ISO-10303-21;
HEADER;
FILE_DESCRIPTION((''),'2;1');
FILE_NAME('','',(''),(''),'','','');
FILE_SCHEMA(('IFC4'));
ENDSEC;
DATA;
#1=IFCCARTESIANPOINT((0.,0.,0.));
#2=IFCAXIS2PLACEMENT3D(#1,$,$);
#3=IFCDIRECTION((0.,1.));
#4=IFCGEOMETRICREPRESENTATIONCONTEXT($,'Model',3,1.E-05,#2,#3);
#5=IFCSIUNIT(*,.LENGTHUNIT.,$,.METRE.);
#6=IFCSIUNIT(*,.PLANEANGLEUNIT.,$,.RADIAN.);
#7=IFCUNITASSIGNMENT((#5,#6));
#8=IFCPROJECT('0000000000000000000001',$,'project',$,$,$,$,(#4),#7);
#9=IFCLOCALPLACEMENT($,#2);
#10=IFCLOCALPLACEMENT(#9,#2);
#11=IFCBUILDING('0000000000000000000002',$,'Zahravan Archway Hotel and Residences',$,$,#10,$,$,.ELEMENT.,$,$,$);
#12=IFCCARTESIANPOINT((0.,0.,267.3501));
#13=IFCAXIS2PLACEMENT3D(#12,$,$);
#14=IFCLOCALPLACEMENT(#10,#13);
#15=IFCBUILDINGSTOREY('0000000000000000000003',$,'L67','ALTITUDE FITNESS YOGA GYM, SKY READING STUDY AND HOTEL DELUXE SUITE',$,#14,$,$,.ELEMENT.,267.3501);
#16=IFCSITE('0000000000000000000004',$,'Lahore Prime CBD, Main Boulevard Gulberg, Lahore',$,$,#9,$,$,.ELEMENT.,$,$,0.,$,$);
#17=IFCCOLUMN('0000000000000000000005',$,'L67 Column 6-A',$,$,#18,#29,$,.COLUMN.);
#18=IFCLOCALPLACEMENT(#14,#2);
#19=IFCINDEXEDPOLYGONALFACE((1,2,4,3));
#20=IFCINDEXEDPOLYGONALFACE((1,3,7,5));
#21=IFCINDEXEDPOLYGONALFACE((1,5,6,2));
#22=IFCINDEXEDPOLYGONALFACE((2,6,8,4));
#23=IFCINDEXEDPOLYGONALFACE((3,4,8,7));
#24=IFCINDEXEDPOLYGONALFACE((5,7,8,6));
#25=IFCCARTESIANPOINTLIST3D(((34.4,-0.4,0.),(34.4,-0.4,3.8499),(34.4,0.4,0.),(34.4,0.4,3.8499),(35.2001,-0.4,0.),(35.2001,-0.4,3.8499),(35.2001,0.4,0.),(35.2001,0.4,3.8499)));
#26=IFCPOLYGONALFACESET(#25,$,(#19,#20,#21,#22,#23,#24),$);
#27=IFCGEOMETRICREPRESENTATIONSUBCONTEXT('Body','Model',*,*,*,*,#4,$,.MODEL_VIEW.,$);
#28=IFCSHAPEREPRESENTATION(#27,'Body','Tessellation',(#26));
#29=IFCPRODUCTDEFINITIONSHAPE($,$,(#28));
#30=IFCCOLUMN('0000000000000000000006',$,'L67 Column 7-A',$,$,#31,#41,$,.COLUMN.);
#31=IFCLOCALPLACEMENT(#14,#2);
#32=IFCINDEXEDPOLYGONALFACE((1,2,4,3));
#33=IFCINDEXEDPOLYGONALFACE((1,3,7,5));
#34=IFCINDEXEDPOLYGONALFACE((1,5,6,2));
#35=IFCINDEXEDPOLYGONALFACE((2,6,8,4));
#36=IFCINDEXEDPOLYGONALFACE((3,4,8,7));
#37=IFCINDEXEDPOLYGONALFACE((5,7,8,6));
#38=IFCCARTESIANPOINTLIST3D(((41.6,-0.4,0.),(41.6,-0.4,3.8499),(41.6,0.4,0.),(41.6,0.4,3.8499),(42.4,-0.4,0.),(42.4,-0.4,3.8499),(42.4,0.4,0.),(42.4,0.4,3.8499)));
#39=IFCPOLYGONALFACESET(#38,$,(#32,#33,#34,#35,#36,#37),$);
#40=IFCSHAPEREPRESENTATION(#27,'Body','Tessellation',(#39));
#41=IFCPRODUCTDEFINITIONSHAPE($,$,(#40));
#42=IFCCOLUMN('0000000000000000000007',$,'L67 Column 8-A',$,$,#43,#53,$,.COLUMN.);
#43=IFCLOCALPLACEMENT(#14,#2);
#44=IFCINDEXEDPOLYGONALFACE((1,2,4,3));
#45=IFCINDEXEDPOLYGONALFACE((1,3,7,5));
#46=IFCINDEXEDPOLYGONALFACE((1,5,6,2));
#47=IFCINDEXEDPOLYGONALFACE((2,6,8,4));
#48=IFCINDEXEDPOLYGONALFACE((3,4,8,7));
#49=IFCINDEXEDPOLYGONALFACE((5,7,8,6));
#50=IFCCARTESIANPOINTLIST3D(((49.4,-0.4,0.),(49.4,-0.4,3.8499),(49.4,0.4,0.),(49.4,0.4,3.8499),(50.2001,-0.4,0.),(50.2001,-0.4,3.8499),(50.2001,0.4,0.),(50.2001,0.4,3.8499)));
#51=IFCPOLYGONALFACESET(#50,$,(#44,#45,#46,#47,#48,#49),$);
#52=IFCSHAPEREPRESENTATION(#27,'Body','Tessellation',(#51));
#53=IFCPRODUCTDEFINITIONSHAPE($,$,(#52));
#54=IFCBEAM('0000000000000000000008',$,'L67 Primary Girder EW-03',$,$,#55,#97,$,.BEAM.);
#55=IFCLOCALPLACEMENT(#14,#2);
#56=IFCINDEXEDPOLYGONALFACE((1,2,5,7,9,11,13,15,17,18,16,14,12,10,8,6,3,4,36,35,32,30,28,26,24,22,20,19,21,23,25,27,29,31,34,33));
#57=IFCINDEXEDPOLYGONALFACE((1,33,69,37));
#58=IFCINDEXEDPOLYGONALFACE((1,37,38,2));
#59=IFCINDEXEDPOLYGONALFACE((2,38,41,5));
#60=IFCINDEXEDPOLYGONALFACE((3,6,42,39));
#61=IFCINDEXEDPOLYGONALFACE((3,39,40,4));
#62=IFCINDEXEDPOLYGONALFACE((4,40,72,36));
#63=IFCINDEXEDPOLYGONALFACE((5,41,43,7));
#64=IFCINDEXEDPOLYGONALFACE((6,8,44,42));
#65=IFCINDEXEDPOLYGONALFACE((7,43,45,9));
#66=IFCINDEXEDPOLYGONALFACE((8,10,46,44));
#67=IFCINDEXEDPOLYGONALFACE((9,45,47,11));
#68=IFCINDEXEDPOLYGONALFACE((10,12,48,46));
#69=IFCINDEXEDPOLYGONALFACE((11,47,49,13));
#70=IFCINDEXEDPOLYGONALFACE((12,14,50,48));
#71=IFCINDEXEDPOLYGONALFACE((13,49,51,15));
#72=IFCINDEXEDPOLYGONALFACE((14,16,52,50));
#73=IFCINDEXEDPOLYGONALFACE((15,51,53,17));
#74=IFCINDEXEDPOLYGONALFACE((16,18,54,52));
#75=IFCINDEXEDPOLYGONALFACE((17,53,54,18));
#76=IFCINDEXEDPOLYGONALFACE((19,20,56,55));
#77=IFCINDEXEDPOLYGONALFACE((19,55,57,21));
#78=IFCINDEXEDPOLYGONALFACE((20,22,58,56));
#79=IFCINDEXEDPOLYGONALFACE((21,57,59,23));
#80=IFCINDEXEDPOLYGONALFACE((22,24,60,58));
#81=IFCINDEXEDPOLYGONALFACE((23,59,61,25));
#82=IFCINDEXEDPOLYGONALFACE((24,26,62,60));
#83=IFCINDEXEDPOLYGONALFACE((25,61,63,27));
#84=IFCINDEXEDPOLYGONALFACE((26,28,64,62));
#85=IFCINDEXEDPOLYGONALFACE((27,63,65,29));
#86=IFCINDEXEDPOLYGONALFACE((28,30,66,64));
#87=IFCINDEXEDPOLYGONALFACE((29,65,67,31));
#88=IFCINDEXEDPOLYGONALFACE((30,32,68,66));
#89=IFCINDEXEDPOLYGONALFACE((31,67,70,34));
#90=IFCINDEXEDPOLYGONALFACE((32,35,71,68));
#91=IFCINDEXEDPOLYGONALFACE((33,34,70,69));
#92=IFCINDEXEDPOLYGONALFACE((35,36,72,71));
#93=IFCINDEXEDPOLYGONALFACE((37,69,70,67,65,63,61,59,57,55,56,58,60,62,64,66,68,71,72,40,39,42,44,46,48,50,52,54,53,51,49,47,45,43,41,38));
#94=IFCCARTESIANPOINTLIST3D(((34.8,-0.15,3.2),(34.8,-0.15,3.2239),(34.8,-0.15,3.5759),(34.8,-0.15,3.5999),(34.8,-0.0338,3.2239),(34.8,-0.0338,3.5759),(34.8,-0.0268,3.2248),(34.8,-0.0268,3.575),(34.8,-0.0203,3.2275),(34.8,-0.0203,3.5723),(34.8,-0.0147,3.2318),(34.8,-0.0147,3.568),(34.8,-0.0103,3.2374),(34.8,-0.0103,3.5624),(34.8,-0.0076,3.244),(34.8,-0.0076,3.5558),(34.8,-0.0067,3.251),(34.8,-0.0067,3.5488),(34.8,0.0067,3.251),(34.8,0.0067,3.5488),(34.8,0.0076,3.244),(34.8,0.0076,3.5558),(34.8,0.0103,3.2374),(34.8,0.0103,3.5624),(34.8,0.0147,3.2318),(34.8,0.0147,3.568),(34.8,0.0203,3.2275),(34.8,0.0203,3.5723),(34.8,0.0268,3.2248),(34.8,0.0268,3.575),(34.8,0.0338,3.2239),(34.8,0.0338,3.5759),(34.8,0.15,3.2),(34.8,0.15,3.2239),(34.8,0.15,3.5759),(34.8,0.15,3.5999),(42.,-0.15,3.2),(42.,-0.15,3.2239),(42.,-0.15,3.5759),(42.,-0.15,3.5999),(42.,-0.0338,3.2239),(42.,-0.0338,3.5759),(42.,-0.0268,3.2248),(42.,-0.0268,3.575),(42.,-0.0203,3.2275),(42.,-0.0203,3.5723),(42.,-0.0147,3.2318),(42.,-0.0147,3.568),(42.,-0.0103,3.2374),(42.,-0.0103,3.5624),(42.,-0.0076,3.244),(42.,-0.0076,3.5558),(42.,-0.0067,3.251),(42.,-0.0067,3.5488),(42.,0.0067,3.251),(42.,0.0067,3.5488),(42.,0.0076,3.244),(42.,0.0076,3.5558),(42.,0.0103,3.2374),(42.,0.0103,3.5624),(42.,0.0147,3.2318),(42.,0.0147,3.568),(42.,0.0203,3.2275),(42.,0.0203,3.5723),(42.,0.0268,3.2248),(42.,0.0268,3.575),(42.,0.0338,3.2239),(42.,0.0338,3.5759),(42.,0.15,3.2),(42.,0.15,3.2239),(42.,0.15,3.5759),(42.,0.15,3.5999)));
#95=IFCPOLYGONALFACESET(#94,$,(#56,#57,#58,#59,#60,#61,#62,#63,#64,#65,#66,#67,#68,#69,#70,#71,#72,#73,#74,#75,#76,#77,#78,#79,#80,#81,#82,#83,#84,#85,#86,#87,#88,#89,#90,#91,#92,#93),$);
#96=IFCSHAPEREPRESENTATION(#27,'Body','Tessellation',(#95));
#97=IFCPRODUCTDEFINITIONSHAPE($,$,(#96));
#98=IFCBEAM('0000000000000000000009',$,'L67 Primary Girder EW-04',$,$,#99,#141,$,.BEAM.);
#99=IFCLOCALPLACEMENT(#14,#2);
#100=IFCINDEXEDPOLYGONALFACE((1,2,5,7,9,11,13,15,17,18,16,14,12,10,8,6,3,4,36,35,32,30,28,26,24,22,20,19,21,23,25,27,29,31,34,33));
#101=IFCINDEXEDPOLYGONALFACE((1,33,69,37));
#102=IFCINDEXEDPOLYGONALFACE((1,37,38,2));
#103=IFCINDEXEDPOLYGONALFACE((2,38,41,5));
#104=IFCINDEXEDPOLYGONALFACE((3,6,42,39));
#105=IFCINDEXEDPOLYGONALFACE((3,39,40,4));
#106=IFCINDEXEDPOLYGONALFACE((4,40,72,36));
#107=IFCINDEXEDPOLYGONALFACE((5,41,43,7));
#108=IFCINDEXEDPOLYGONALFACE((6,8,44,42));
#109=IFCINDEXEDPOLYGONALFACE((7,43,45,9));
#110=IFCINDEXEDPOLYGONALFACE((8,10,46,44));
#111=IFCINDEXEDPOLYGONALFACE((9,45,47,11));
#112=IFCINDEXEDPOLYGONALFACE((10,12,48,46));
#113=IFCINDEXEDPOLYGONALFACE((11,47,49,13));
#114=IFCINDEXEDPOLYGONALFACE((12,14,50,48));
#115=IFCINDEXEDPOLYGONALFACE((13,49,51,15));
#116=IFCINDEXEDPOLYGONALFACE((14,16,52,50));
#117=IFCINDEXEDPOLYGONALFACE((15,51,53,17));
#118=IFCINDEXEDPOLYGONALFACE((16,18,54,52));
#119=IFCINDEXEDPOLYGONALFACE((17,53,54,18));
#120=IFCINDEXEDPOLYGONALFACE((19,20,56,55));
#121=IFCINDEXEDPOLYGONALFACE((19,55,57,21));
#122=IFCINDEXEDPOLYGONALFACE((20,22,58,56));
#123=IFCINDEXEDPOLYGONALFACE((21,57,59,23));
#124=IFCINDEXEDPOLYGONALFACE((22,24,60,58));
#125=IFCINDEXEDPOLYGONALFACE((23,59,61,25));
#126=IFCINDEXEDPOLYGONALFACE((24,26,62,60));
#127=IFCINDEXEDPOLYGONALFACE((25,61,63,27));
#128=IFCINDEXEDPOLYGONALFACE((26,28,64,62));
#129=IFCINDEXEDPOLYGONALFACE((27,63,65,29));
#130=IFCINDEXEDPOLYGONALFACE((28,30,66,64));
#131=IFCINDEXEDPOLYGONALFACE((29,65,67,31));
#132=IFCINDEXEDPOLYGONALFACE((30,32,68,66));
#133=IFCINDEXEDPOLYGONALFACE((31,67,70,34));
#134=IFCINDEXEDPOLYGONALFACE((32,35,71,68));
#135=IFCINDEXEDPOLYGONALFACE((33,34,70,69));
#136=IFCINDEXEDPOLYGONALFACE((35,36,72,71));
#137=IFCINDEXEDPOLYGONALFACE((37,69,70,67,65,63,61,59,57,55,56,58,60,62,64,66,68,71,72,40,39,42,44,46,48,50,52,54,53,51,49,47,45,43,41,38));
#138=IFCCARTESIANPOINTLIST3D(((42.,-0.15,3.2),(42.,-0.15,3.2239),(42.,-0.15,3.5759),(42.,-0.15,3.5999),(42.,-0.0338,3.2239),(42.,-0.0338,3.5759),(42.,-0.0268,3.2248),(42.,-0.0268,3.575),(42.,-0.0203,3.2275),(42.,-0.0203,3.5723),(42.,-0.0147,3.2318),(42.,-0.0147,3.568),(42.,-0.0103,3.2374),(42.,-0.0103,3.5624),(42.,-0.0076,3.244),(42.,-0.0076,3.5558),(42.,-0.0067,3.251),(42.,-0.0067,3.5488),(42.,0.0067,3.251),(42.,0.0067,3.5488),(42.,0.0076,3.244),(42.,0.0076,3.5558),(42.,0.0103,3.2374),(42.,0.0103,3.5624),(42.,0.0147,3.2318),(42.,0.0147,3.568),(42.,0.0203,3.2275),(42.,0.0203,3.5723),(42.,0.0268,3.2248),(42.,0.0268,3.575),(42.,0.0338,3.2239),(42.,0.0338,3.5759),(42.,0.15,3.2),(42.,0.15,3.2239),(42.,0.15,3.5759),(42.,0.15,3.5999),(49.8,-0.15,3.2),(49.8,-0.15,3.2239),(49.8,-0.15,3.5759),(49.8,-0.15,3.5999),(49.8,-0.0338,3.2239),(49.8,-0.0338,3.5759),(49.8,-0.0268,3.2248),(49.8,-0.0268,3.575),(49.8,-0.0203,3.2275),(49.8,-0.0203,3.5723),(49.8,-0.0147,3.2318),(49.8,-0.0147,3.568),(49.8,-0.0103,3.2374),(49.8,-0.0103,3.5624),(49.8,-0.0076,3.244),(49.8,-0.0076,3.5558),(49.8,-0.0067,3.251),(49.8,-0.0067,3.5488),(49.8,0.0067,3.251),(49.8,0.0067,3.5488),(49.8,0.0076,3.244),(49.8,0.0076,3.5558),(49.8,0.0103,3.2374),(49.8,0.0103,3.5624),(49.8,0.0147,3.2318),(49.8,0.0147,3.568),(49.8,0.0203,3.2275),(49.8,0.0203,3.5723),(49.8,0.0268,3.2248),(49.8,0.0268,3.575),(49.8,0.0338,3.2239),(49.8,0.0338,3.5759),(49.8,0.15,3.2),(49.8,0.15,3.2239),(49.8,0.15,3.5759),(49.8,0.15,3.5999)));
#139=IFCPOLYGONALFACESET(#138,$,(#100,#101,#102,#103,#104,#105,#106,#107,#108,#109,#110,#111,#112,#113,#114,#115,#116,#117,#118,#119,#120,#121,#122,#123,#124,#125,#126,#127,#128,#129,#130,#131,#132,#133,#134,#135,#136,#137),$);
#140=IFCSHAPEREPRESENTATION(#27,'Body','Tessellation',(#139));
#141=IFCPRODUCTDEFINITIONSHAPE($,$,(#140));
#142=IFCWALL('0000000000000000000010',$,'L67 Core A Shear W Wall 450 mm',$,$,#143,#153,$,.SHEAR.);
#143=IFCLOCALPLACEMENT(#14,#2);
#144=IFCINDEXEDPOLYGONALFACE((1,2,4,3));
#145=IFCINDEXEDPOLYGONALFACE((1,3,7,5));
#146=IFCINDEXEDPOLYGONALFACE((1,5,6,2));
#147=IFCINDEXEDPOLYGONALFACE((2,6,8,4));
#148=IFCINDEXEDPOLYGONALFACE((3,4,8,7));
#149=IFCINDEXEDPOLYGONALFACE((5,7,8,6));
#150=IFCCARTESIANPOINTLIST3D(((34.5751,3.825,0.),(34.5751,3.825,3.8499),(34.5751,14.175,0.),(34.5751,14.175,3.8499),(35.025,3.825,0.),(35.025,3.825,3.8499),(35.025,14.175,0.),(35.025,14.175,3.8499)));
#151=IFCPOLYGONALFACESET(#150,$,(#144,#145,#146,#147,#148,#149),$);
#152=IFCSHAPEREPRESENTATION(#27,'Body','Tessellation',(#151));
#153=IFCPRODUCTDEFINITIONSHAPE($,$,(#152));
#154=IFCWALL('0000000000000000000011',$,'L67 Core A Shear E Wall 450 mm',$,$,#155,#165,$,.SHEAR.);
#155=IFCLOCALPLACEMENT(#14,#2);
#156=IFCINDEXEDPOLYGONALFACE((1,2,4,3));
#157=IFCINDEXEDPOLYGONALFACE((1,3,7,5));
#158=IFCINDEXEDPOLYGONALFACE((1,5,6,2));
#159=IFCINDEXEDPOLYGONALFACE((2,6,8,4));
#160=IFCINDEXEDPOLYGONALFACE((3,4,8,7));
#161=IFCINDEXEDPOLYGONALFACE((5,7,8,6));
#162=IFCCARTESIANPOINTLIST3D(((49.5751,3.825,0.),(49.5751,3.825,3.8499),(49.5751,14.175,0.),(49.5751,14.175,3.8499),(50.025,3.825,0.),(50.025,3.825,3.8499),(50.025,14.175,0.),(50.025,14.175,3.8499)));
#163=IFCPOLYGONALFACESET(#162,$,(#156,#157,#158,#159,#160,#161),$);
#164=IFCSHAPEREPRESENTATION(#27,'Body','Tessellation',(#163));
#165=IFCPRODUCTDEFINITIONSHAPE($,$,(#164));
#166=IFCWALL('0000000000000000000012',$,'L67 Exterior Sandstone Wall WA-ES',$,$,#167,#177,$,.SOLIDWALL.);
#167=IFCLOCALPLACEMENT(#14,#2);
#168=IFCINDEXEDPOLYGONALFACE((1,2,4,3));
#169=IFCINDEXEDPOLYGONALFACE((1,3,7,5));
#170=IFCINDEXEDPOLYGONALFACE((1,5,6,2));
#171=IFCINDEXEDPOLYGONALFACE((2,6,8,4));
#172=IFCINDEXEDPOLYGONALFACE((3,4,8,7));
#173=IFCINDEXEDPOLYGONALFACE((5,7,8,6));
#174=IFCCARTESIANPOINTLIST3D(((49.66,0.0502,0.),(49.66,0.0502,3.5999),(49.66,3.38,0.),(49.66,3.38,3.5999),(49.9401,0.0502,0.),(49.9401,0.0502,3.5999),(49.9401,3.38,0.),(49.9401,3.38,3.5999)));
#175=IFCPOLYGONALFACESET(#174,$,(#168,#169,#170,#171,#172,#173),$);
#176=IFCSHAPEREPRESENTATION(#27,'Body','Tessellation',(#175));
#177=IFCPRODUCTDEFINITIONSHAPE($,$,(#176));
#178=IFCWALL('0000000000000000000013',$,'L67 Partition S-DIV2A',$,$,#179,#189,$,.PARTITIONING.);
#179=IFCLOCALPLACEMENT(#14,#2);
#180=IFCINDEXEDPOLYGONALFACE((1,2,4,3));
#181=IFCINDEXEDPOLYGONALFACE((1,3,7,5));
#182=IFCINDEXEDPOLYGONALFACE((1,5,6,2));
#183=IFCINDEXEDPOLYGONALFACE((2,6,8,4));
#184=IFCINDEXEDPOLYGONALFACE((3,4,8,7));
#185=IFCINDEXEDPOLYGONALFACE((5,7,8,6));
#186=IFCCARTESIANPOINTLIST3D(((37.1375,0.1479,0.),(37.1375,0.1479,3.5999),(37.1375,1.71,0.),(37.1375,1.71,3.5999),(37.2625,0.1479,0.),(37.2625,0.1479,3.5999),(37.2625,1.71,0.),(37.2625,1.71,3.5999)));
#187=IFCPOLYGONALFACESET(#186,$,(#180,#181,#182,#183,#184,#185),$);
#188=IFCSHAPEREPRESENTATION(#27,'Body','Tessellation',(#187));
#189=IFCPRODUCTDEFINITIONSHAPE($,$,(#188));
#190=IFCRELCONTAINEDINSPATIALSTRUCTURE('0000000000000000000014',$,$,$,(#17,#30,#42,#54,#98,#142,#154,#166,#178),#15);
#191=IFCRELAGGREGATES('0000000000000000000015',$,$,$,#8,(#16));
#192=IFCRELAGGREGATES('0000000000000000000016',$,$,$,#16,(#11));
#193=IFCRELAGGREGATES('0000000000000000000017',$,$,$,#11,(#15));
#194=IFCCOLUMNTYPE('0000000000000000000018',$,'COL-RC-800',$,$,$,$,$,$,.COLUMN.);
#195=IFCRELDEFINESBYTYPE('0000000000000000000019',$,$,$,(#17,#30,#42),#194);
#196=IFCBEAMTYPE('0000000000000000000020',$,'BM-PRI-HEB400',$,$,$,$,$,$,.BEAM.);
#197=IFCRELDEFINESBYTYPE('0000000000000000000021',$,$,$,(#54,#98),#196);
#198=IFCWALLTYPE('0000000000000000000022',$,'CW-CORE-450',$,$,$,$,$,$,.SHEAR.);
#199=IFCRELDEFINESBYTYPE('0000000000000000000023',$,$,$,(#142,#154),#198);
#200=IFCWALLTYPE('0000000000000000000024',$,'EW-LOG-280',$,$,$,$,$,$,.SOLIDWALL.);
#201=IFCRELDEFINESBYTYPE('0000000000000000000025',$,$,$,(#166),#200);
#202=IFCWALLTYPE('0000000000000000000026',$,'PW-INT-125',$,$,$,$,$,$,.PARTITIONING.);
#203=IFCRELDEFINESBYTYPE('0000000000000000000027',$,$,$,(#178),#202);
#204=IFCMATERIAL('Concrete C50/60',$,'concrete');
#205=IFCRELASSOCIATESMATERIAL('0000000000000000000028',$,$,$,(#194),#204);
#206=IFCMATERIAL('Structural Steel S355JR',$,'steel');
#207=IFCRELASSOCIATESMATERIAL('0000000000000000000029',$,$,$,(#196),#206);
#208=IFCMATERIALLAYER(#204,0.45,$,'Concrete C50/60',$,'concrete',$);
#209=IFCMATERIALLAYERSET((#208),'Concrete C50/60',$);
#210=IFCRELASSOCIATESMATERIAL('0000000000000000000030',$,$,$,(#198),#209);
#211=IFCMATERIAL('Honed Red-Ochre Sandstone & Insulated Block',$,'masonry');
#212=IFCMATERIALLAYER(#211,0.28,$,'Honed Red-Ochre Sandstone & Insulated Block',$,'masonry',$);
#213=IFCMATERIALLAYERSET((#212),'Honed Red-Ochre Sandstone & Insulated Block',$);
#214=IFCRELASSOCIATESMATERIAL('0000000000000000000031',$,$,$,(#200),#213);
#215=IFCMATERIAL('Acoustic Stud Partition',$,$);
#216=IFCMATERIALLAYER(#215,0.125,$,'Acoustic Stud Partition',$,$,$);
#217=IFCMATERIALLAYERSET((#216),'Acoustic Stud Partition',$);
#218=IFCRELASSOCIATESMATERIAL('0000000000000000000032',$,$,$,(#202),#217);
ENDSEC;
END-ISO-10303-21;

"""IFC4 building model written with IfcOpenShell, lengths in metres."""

from ifc_helpers import new_model, si_unit, direction, frame, frame_2d, origin, origin_2d, place, context, subcontext, project, spatial, rectangle, i_section, extrude, source, transform, mapped, material, layer, layer_set, material_profile, profile_set, type_object, type_shapes, element, save


model = new_model("IFC4")

# Units and contexts
model_context = context("Model", 3, precision=1e-05, world=origin(), true_north=direction((0.0, 1.0)))
body_context = subcontext(model_context, "Body", "Model", "MODEL_VIEW")
ifc_project = project(units=[si_unit("LENGTHUNIT", "METRE"), si_unit("PLANEANGLEUNIT", "RADIAN")], contexts=[model_context])

# Site, building, storey
site_placement = place(None, origin())
site = spatial("IfcSite", under=ifc_project, at=site_placement, Name="Lahore Prime CBD, Main Boulevard Gulberg, Lahore", CompositionType="ELEMENT", RefElevation=0.0)
building_placement = place(site_placement, origin())
building = spatial("IfcBuilding", under=site, at=building_placement, Name="Zahravan Archway Hotel and Residences", CompositionType="ELEMENT")
storey_placement = place(building_placement, frame((0.0, 0.0, 267.3501)))
storey = spatial("IfcBuildingStorey", under=building, at=storey_placement, Name="L67", Description="ALTITUDE FITNESS YOGA GYM, SKY READING STUDY AND HOTEL DELUXE SUITE", CompositionType="ELEMENT", Elevation=267.3501)

# Columns
ifc_material_1 = material(Name="Concrete C50/60", Category="concrete")
ifc_material_profile_1 = material_profile(ifc_material_1, rectangle(XDim=0.8, YDim=0.8, at=origin_2d()), Name="RC-COL-800x800", Category="concrete")
ifc_profile_set_1 = profile_set([ifc_material_profile_1], Name="Concrete C50/60")
column_type = type_object("IfcColumnType", Name="COL-RC-800", PredefinedType="COLUMN", material=ifc_profile_set_1)
shared_shape_1 = source(origin(), body_context, "Body", "SweptSolid", [
    extrude(rectangle(XDim=0.8, YDim=0.8, at=origin_2d()), origin(), (0.0, 0.0, 1.0), 3.8499),
])
for number, where, z_axis, x_axis, name in (
    (1, (34.8, 0.0, 0.0), (0.0, 0.0, 1.0), (1.0, 0.0, 0.0), "L67 Column 6-A"),
    (2, (42.0, 0.0, 0.0), (0.0, 0.0, 1.0), (1.0, 0.0, 0.0), "L67 Column 7-A"),
    (3, (49.8, 0.0, 0.0), (0.0, 0.0, 1.0), (1.0, 0.0, 0.0), "L67 Column 8-A"),
):
    element("IfcColumn", number, at=place(storey_placement, frame(where, z_axis=z_axis, x_axis=x_axis)), inside=storey, type_object=column_type, Name=name, PredefinedType="COLUMN", context=body_context, shape_type="MappedRepresentation", body=[
        mapped(shared_shape_1, transform((0.0, 0.0, 0.0), scale=1.0)),
    ])

# Beams
ifc_material_2 = material(Name="Structural Steel S355JR", Category="steel")
ifc_material_profile_2 = material_profile(ifc_material_2, i_section(OverallWidth=0.3, OverallDepth=0.3999, WebThickness=0.0134, FlangeThickness=0.0239, FilletRadius=0.0271, at=origin_2d()), Name="HEB 400", Category="steel")
ifc_profile_set_2 = profile_set([ifc_material_profile_2], Name="Structural Steel S355JR")
beam_type = type_object("IfcBeamType", Name="BM-PRI-HEB400", PredefinedType="BEAM", material=ifc_profile_set_2)
shared_shape_2 = source(origin(), body_context, "Body", "SweptSolid", [
    extrude(i_section(OverallWidth=0.3, OverallDepth=0.3999, WebThickness=0.0134, FlangeThickness=0.0239, FilletRadius=0.0271, at=origin_2d()), origin(), (0.0, 0.0, 1.0), 7.2),
])
type_shapes(beam_type, [shared_shape_2])
beam_1_placement = place(storey_placement, frame((34.8, 0.0, 3.3999), z_axis=(1.0, 0.0, 0.0), x_axis=(0.0, 1.0, 0.0)))
element("IfcBeam", 4, at=beam_1_placement, inside=storey, type_object=beam_type, Name="L67 Primary Girder EW-03", PredefinedType="BEAM", context=body_context, shape_type="MappedRepresentation", body=[
    mapped(shared_shape_2, transform((0.0, 0.0, 0.0), scale=1.0)),
])
shared_shape_3 = source(origin(), body_context, "Body", "SweptSolid", [
    extrude(i_section(OverallWidth=0.3, OverallDepth=0.3999, WebThickness=0.0134, FlangeThickness=0.0239, FilletRadius=0.0271, at=origin_2d()), origin(), (0.0, 0.0, 1.0), 7.8),
])
beam_2_placement = place(storey_placement, frame((42.0, 0.0, 3.3999), z_axis=(1.0, 0.0, 0.0), x_axis=(0.0, 1.0, 0.0)))
element("IfcBeam", 5, at=beam_2_placement, inside=storey, type_object=beam_type, Name="L67 Primary Girder EW-04", PredefinedType="BEAM", context=body_context, shape_type="MappedRepresentation", body=[
    mapped(shared_shape_3, transform((0.0, 0.0, 0.0), scale=1.0)),
])

# Walls
ifc_layer_1 = layer(ifc_material_1, 0.45, Name="Concrete C50/60", Category="concrete")
ifc_layer_set_1 = layer_set([ifc_layer_1], Name="Concrete C50/60")
wall_type_1 = type_object("IfcWallType", Name="CW-CORE-450", PredefinedType="SHEAR", material=ifc_layer_set_1)
for number, where, z_axis, x_axis, name in (
    (6, (34.8, 3.825, 0.0), (0.0, 0.0, 1.0), (0.0, 1.0, 0.0), "L67 Core A Shear W Wall 450 mm"),
    (7, (49.8, 3.825, 0.0), (0.0, 0.0, 1.0), (0.0, 1.0, 0.0), "L67 Core A Shear E Wall 450 mm"),
):
    element("IfcWall", number, at=place(storey_placement, frame(where, z_axis=z_axis, x_axis=x_axis)), inside=storey, type_object=wall_type_1, Name=name, PredefinedType="SHEAR", context=body_context, shape_type="SweptSolid", body=[
        extrude(rectangle(XDim=10.3501, YDim=0.45, at=frame_2d((5.175, 0.0))), origin(), (0.0, 0.0, 1.0), 3.8499),
    ])
ifc_material_3 = material(Name="Honed Red-Ochre Sandstone & Insulated Block", Category="masonry")
ifc_layer_2 = layer(ifc_material_3, 0.28, Name="Honed Red-Ochre Sandstone & Insulated Block", Category="masonry")
ifc_layer_set_2 = layer_set([ifc_layer_2], Name="Honed Red-Ochre Sandstone & Insulated Block")
wall_type_2 = type_object("IfcWallType", Name="EW-LOG-280", PredefinedType="SOLIDWALL", material=ifc_layer_set_2)
wall_1_placement = place(storey_placement, frame((49.8, 0.05, 0.0), z_axis=(0.0, 0.0, 1.0), x_axis=(0.0, 1.0, 0.0)))
element("IfcWall", 8, at=wall_1_placement, inside=storey, type_object=wall_type_2, Name="L67 Exterior Sandstone Wall WA-ES", PredefinedType="SOLIDWALL", context=body_context, shape_type="SweptSolid", body=[
    extrude(rectangle(XDim=3.3298, YDim=0.28, at=frame_2d((1.665, 0.0))), origin(), (0.0, 0.0, 1.0), 3.5999),
])
ifc_material_4 = material(Name="Acoustic Stud Partition")
ifc_layer_3 = layer(ifc_material_4, 0.125, Name="Acoustic Stud Partition")
ifc_layer_set_3 = layer_set([ifc_layer_3], Name="Acoustic Stud Partition")
wall_type_3 = type_object("IfcWallType", Name="PW-INT-125", PredefinedType="PARTITIONING", material=ifc_layer_set_3)
for number, where, z_axis, x_axis, name in (
    (9, (37.2, 0.1479, 0.0), (0.0, 0.0, 1.0), (0.0, 1.0, 0.0), "L67 Partition S-DIV2A"),
):
    element("IfcWall", number, at=place(storey_placement, frame(where, z_axis=z_axis, x_axis=x_axis)), inside=storey, type_object=wall_type_3, Name=name, PredefinedType="PARTITIONING", context=body_context, shape_type="SweptSolid", body=[
        extrude(rectangle(XDim=1.562, YDim=0.125, at=frame_2d((0.781, 0.0))), origin(), (0.0, 0.0, 1.0), 3.5999),
    ])

save(model, "model.ifc")
